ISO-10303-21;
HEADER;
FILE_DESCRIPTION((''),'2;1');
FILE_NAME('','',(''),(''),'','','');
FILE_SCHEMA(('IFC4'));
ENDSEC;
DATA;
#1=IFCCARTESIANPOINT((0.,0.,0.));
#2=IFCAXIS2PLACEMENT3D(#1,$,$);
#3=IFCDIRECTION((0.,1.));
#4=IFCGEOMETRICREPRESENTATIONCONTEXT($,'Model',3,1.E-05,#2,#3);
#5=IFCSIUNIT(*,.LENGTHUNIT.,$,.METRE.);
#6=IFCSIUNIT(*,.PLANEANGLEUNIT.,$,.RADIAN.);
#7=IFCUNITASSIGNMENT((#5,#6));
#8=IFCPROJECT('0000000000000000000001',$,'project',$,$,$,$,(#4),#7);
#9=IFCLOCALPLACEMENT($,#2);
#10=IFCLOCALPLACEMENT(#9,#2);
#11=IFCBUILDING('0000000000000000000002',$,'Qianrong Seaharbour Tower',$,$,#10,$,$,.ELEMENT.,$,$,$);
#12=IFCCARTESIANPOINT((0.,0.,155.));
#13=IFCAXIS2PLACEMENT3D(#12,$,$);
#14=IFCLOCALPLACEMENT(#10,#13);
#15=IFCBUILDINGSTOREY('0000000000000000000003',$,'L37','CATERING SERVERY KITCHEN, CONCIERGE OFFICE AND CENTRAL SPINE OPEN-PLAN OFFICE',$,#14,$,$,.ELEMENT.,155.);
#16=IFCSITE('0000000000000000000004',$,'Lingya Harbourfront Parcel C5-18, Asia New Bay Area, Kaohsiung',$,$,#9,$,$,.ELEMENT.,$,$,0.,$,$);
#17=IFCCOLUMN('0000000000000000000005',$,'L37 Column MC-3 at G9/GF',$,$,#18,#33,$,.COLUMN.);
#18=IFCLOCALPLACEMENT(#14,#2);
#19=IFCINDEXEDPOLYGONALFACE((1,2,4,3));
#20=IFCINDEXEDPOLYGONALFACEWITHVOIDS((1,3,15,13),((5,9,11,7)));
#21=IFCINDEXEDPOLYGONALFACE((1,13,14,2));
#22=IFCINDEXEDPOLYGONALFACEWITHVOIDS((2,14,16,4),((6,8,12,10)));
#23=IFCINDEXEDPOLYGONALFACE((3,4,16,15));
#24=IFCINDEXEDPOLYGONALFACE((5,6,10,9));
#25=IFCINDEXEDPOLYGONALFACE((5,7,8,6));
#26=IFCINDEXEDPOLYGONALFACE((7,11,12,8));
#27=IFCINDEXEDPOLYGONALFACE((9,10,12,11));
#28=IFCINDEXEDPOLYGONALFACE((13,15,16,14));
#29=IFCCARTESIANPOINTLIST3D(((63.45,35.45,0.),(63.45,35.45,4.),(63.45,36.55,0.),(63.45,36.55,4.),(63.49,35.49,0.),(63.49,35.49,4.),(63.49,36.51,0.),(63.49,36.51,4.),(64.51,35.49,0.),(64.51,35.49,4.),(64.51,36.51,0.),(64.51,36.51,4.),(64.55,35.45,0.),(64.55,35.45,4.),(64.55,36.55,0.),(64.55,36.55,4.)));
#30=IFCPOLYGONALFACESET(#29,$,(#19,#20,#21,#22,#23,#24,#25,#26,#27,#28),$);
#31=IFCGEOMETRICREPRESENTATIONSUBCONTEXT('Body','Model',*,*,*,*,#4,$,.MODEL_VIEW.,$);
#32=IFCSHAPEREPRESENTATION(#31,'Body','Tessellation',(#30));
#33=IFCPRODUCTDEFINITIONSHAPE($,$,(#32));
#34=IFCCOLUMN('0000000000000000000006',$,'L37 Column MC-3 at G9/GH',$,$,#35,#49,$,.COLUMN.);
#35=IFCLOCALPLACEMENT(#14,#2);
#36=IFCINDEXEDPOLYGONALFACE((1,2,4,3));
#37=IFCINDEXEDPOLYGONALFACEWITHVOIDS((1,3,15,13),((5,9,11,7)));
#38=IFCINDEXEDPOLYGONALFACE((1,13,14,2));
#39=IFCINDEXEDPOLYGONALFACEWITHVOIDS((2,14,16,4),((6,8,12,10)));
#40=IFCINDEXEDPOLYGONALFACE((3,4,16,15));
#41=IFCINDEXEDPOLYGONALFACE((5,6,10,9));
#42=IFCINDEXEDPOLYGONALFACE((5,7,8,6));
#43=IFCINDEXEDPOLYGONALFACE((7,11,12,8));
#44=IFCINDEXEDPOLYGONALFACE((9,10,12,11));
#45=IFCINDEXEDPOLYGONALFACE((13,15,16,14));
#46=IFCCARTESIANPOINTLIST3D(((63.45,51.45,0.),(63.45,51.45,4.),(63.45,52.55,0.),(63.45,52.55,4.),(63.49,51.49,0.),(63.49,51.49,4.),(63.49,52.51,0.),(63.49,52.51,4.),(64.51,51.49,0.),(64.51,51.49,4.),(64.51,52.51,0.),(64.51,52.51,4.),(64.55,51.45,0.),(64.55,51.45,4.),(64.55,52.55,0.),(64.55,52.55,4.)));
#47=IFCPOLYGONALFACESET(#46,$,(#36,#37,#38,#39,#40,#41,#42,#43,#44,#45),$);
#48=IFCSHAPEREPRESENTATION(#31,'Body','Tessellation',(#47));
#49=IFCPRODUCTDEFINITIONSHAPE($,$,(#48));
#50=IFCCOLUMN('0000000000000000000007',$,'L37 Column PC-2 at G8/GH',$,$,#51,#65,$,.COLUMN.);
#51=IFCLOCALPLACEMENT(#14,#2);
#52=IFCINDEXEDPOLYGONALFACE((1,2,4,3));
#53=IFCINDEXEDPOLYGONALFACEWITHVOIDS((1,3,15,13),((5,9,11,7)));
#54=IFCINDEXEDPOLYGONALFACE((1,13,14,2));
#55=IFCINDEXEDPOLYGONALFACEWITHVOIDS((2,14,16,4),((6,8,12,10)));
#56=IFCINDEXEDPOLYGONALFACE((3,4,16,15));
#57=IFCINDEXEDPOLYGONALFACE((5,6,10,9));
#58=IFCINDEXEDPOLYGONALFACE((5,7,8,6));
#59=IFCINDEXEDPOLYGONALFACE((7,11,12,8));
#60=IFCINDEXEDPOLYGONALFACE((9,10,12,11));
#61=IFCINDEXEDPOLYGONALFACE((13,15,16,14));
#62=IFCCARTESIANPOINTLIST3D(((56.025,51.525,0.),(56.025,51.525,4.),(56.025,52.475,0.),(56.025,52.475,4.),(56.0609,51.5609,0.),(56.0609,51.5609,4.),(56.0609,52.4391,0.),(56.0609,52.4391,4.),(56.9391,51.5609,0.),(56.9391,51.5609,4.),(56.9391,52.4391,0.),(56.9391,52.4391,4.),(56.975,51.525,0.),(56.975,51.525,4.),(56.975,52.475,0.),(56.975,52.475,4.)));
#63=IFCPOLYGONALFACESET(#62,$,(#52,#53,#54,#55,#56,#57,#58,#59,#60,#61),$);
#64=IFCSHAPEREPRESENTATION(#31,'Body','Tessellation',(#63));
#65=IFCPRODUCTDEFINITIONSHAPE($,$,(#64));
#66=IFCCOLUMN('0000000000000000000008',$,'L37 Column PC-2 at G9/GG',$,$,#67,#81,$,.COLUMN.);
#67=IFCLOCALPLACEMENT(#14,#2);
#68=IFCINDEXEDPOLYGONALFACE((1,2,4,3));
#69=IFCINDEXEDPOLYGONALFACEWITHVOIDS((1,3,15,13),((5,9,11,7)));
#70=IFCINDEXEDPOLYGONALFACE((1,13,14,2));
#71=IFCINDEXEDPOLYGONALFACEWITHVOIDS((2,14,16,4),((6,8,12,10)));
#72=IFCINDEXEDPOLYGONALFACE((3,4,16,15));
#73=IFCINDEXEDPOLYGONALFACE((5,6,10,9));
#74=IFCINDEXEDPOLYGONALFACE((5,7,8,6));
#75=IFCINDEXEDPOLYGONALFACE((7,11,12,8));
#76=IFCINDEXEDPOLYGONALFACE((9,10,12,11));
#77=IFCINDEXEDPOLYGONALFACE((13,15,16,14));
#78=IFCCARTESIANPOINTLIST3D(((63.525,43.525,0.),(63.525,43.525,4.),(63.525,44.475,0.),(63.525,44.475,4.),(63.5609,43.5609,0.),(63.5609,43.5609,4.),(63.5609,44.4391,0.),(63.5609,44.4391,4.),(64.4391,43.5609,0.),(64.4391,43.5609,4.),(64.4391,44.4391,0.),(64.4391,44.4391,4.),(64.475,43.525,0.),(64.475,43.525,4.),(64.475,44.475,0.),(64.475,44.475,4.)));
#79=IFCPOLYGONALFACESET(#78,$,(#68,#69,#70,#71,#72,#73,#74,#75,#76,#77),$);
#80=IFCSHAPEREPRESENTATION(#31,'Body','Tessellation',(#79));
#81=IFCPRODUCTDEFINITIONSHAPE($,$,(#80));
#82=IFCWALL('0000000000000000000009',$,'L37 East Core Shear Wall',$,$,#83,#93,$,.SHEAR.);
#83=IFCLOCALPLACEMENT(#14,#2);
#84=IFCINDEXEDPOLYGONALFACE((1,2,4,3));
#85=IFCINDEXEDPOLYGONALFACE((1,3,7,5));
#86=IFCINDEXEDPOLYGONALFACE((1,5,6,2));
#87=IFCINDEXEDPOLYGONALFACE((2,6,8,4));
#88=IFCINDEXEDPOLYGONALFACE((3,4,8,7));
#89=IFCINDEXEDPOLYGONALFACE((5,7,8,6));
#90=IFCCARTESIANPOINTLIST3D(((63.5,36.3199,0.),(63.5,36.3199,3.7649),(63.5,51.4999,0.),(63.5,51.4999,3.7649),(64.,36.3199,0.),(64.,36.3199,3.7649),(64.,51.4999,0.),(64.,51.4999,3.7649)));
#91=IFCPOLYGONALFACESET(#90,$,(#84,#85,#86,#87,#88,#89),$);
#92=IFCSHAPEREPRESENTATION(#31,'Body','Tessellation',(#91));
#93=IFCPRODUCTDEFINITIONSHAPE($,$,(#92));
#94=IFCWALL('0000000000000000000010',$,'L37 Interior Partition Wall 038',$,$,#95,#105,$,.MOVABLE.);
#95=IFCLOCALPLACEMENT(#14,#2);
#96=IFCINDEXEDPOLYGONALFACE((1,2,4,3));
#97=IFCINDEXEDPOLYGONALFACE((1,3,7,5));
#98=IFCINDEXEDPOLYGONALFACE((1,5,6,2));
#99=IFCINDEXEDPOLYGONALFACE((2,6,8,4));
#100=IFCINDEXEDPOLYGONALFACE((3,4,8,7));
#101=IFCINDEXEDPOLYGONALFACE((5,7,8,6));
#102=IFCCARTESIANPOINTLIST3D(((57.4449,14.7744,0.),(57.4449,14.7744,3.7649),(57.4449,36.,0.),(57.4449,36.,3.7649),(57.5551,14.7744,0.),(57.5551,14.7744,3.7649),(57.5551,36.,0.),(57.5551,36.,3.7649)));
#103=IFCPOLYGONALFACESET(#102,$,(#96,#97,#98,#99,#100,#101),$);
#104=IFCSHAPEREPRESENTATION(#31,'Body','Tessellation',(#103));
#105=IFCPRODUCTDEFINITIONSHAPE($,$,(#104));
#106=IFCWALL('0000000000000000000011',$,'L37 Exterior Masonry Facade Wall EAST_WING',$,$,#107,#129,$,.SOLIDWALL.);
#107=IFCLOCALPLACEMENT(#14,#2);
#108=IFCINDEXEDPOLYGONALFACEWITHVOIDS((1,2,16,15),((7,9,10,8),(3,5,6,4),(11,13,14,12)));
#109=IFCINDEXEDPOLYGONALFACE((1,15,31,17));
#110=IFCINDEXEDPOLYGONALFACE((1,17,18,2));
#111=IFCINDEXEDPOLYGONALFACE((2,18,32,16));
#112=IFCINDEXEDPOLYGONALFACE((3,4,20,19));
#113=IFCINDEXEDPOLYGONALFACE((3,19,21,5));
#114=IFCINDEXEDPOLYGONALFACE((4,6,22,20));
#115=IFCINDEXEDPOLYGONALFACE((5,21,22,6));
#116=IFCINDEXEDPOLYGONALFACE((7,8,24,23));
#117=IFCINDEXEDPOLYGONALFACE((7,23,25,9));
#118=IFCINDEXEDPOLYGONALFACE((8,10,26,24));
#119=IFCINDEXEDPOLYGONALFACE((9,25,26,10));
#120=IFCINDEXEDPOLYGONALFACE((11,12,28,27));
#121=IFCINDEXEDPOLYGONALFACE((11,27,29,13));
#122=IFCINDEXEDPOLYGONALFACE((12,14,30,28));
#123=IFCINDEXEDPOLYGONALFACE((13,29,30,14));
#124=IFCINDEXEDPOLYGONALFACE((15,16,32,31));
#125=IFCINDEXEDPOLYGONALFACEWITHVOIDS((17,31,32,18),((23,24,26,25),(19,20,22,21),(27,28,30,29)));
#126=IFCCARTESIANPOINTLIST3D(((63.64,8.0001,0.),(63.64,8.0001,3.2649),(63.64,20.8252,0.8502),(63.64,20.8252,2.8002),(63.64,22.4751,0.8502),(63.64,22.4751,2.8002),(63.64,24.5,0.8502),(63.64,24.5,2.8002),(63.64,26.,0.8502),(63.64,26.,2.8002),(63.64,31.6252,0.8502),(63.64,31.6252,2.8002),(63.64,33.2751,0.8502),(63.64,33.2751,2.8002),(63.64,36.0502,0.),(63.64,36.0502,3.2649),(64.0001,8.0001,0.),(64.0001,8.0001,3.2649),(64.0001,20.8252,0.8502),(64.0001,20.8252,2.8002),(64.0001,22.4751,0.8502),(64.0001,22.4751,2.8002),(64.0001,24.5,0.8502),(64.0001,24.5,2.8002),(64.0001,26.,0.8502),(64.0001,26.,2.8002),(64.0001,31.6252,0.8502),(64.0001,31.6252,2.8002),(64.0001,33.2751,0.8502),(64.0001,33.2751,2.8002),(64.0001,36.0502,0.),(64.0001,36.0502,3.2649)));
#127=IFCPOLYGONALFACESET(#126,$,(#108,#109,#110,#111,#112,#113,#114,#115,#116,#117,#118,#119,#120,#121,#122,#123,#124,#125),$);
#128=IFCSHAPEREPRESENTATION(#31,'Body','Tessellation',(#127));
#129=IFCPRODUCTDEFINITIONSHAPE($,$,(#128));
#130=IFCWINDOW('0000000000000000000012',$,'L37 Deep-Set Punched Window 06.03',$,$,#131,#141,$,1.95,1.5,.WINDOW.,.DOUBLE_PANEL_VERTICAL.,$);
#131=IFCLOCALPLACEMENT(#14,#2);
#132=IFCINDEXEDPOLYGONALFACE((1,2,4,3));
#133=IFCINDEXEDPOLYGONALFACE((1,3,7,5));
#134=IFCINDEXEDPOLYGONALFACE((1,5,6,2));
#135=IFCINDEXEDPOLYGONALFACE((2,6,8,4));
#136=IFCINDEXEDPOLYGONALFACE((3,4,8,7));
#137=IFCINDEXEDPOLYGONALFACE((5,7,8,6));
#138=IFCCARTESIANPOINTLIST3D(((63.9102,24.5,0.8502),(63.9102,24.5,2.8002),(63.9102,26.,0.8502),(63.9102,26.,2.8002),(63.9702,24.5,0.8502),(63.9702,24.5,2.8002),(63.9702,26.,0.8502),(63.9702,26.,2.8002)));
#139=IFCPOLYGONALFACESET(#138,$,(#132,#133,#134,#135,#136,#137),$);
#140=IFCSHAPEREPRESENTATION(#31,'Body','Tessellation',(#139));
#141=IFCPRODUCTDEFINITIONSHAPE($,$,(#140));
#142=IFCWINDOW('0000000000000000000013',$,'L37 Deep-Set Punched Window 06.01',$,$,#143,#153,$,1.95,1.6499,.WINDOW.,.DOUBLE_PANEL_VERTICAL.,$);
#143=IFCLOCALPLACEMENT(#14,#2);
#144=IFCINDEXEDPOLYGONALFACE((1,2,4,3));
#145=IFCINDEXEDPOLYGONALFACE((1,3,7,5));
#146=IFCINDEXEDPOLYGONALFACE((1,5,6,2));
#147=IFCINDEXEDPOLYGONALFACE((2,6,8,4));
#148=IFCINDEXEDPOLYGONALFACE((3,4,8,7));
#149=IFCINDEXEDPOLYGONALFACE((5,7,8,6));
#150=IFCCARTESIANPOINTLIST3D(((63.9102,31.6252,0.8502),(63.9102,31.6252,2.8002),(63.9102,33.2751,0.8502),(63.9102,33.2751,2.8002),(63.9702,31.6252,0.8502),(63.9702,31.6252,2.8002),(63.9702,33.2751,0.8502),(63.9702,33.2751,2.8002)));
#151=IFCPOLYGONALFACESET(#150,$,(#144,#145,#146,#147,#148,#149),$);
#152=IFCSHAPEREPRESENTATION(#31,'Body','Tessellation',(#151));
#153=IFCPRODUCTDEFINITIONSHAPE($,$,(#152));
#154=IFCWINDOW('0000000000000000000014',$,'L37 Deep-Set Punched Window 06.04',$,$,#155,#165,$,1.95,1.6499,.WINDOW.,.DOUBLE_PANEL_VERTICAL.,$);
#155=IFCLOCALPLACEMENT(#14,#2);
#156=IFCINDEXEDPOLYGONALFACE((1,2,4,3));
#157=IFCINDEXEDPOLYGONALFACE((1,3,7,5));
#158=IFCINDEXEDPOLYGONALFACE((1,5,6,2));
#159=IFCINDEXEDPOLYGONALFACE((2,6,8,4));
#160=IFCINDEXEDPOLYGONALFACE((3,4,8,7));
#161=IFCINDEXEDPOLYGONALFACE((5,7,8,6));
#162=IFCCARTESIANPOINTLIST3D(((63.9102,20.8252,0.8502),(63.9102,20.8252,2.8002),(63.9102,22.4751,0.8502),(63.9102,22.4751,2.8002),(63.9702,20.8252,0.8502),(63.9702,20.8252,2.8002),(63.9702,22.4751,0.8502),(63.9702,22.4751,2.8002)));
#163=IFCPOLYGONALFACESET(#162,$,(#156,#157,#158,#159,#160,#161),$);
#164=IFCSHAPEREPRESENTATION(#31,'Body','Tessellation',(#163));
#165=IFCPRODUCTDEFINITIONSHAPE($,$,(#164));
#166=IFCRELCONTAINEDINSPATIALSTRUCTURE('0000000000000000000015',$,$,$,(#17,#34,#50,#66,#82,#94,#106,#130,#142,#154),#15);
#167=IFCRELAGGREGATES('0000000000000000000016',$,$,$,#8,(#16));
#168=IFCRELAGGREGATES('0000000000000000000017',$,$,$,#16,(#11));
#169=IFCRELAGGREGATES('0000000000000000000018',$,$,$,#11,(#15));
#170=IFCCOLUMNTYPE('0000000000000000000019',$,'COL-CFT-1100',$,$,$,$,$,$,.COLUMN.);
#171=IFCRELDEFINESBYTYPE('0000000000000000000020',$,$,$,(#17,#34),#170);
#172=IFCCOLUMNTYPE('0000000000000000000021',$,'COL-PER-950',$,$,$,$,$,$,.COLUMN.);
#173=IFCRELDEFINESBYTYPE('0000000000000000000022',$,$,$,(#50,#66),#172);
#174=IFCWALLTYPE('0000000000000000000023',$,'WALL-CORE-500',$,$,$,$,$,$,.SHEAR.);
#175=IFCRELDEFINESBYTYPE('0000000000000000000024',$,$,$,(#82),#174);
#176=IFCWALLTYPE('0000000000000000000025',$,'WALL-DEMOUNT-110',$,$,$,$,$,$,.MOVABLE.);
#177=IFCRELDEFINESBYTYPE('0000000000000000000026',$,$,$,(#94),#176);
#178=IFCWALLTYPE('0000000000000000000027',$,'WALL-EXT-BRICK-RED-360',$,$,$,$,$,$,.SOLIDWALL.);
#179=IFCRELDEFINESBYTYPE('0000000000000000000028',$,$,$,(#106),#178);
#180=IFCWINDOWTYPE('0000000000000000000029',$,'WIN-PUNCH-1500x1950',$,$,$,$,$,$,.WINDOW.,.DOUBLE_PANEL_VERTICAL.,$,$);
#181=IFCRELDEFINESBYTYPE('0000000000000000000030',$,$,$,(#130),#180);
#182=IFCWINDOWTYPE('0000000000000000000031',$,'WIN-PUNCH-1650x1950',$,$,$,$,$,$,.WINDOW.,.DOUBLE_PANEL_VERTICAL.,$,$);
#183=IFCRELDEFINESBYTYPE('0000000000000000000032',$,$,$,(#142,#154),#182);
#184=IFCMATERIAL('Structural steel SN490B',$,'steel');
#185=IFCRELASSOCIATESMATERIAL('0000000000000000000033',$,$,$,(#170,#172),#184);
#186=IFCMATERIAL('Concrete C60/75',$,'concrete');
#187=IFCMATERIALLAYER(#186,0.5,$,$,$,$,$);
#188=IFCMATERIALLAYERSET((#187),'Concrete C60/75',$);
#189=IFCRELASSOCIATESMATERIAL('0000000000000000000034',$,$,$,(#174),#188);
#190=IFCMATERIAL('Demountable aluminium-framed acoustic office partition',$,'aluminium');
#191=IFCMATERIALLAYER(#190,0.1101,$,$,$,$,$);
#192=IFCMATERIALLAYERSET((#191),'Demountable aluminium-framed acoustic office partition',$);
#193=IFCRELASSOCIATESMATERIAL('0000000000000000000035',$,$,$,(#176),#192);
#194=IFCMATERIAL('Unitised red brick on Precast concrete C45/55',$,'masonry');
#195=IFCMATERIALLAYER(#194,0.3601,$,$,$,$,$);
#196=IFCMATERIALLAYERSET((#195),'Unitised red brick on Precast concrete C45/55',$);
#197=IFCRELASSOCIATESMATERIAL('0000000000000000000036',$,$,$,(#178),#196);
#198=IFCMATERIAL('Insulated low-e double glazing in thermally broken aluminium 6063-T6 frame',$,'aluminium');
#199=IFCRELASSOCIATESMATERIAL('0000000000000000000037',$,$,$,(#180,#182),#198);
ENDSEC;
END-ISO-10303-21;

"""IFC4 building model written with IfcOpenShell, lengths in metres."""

from ifc_helpers import new_model, si_unit, direction, frame, frame_2d, origin, origin_2d, place, context, subcontext, project, spatial, rectangle, hollow_rectangle, extrude, material, layer, layer_set, material_profile, profile_set, type_object, element, fill, save


model = new_model("IFC4")

# Units and contexts
model_context = context("Model", 3, precision=1e-05, world=origin(), true_north=direction((0.0, 1.0)))
body_context = subcontext(model_context, "Body", "Model", "MODEL_VIEW")
ifc_project = project(units=[si_unit("LENGTHUNIT", "METRE"), si_unit("PLANEANGLEUNIT", "RADIAN")], contexts=[model_context])

# Site, building, storey
site_placement = place(None, origin())
site = spatial("IfcSite", under=ifc_project, at=site_placement, Name="Lingya Harbourfront Parcel C5-18, Asia New Bay Area, Kaohsiung", CompositionType="ELEMENT", RefElevation=0.0)
building_placement = place(site_placement, origin())
building = spatial("IfcBuilding", under=site, at=building_placement, Name="Qianrong Seaharbour Tower", CompositionType="ELEMENT")
storey_placement = place(building_placement, frame((0.0, 0.0, 155.0)))
storey = spatial("IfcBuildingStorey", under=building, at=storey_placement, Name="L37", Description="CATERING SERVERY KITCHEN, CONCIERGE OFFICE AND CENTRAL SPINE OPEN-PLAN OFFICE", CompositionType="ELEMENT", Elevation=155.0)

# Columns
ifc_material_1 = material(Name="Structural steel SN490B", Category="steel")
ifc_material_profile_1 = material_profile(ifc_material_1, hollow_rectangle(XDim=1.1001, YDim=1.1001, WallThickness=0.04, at=origin_2d()), Name="BOX1100x1100x40")
ifc_profile_set_1 = profile_set([ifc_material_profile_1], Name="Structural steel SN490B")
column_type_1 = type_object("IfcColumnType", Name="COL-CFT-1100", PredefinedType="COLUMN", material=ifc_profile_set_1)
for number, where, z_axis, x_axis, name in (
    (1, (64.0, 36.0, 0.0), (0.0, 0.0, 1.0), (1.0, 0.0, 0.0), "L37 Column MC-3 at G9/GF"),
    (2, (64.0, 52.0, 0.0), (0.0, 0.0, 1.0), (1.0, 0.0, 0.0), "L37 Column MC-3 at G9/GH"),
):
    element("IfcColumn", number, at=place(storey_placement, frame(where, z_axis=z_axis, x_axis=x_axis)), inside=storey, type_object=column_type_1, Name=name, PredefinedType="COLUMN", context=body_context, shape_type="SweptSolid", body=[
        extrude(hollow_rectangle(XDim=1.1001, YDim=1.1001, WallThickness=0.04, at=origin_2d()), origin(), (0.0, 0.0, 1.0), 4.0),
    ])
ifc_material_profile_2 = material_profile(ifc_material_1, hollow_rectangle(XDim=0.95, YDim=0.95, WallThickness=0.0359, at=origin_2d()), Name="BOX950x950x36")
ifc_profile_set_2 = profile_set([ifc_material_profile_2], Name="Structural steel SN490B")
column_type_2 = type_object("IfcColumnType", Name="COL-PER-950", PredefinedType="COLUMN", material=ifc_profile_set_2)
for number, where, z_axis, x_axis, name in (
    (3, (56.5, 52.0, 0.0), (0.0, 0.0, 1.0), (1.0, 0.0, 0.0), "L37 Column PC-2 at G8/GH"),
    (4, (64.0, 44.0, 0.0), (0.0, 0.0, 1.0), (1.0, 0.0, 0.0), "L37 Column PC-2 at G9/GG"),
):
    element("IfcColumn", number, at=place(storey_placement, frame(where, z_axis=z_axis, x_axis=x_axis)), inside=storey, type_object=column_type_2, Name=name, PredefinedType="COLUMN", context=body_context, shape_type="SweptSolid", body=[
        extrude(hollow_rectangle(XDim=0.95, YDim=0.95, WallThickness=0.0359, at=origin_2d()), origin(), (0.0, 0.0, 1.0), 4.0),
    ])

# Walls
ifc_material_2 = material(Name="Concrete C60/75", Category="concrete")
ifc_layer_1 = layer(ifc_material_2, 0.5)
ifc_layer_set_1 = layer_set([ifc_layer_1], Name="Concrete C60/75")
wall_type_1 = type_object("IfcWallType", Name="WALL-CORE-500", PredefinedType="SHEAR", material=ifc_layer_set_1)
wall_1_placement = place(storey_placement, frame((63.75, 36.3201, 0.0), z_axis=(0.0, 0.0, 1.0), x_axis=(0.0, 1.0, 0.0)))
element("IfcWall", 5, at=wall_1_placement, inside=storey, type_object=wall_type_1, Name="L37 East Core Shear Wall", PredefinedType="SHEAR", context=body_context, shape_type="SweptSolid", body=[
    extrude(rectangle(XDim=15.1799, YDim=0.5, at=frame_2d((7.5898, 0.0))), origin(), (0.0, 0.0, 1.0), 3.7649),
])
ifc_material_3 = material(Name="Demountable aluminium-framed acoustic office partition", Category="aluminium")
ifc_layer_2 = layer(ifc_material_3, 0.1101)
ifc_layer_set_2 = layer_set([ifc_layer_2], Name="Demountable aluminium-framed acoustic office partition")
wall_type_2 = type_object("IfcWallType", Name="WALL-DEMOUNT-110", PredefinedType="MOVABLE", material=ifc_layer_set_2)
wall_2_placement = place(storey_placement, frame((57.5, 36.0, 0.0), z_axis=(0.0, 0.0, 1.0), x_axis=(0.0, -1.0, 0.0)))
element("IfcWall", 6, at=wall_2_placement, inside=storey, type_object=wall_type_2, Name="L37 Interior Partition Wall 038", PredefinedType="MOVABLE", context=body_context, shape_type="SweptSolid", body=[
    extrude(rectangle(XDim=21.2256, YDim=0.1101, at=frame_2d((10.6128, 0.0))), origin(), (0.0, 0.0, 1.0), 3.7649),
])

# Wall, openings, windows
ifc_material_4 = material(Name="Unitised red brick on Precast concrete C45/55", Category="masonry")
ifc_layer_3 = layer(ifc_material_4, 0.3601)
ifc_layer_set_3 = layer_set([ifc_layer_3], Name="Unitised red brick on Precast concrete C45/55")
wall_type_3 = type_object("IfcWallType", Name="WALL-EXT-BRICK-RED-360", PredefinedType="SOLIDWALL", material=ifc_layer_set_3)
wall_3_placement = place(storey_placement, frame((63.8201, 36.05, 0.0), z_axis=(0.0, 0.0, 1.0), x_axis=(0.0, -1.0, 0.0)))
wall_3 = element("IfcWall", 7, at=wall_3_placement, inside=storey, type_object=wall_type_3, Name="L37 Exterior Masonry Facade Wall EAST_WING", PredefinedType="SOLIDWALL", context=body_context, shape_type="SweptSolid", body=[
    extrude(rectangle(XDim=28.05, YDim=0.3601, at=frame_2d((14.0249, 0.0))), origin(), (0.0, 0.0, 1.0), 3.2649),
])
opening_1_placement = place(wall_3_placement, frame((2.7749, 0.0, 0.8501)))
opening_1 = element("IfcOpeningElement", 8, at=opening_1_placement, cuts=wall_3, PredefinedType="OPENING", context=body_context, shape_type="SweptSolid", body=[
    extrude(rectangle(XDim=1.6499, YDim=1.95, at=frame_2d((0.825, 0.9751))), frame((0.0, 0.1899, 0.0), z_axis=(0.0, -1.0, 0.0), x_axis=(1.0, 0.0, 0.0)), (0.0, 0.0, 1.0), 0.3801),
])
opening_2_placement = place(wall_3_placement, frame((10.05, 0.0, 0.8501)))
opening_2 = element("IfcOpeningElement", 9, at=opening_2_placement, cuts=wall_3, PredefinedType="OPENING", context=body_context, shape_type="SweptSolid", body=[
    extrude(rectangle(XDim=1.5, YDim=1.95, at=frame_2d((0.75, 0.9751))), frame((0.0, 0.1899, 0.0), z_axis=(0.0, -1.0, 0.0), x_axis=(1.0, 0.0, 0.0)), (0.0, 0.0, 1.0), 0.3801),
])
opening_3_placement = place(wall_3_placement, frame((13.575, 0.0, 0.8501)))
opening_3 = element("IfcOpeningElement", 10, at=opening_3_placement, cuts=wall_3, PredefinedType="OPENING", context=body_context, shape_type="SweptSolid", body=[
    extrude(rectangle(XDim=1.6499, YDim=1.95, at=frame_2d((0.825, 0.9751))), frame((0.0, 0.1899, 0.0), z_axis=(0.0, -1.0, 0.0), x_axis=(1.0, 0.0, 0.0)), (0.0, 0.0, 1.0), 0.3801),
])
ifc_material_5 = material(Name="Insulated low-e double glazing in thermally broken aluminium 6063-T6 frame", Category="aluminium")
window_type_1 = type_object("IfcWindowType", Name="WIN-PUNCH-1500x1950", PartitioningType="DOUBLE_PANEL_VERTICAL", PredefinedType="WINDOW", material=ifc_material_5)
window_1_placement = place(opening_2_placement, origin())
window_1 = element("IfcWindow", 11, at=window_1_placement, inside=storey, type_object=window_type_1, Name="L37 Deep-Set Punched Window 06.03", OverallHeight=1.95, OverallWidth=1.5, PartitioningType="DOUBLE_PANEL_VERTICAL", PredefinedType="WINDOW", context=body_context, shape_type="SweptSolid", body=[
    extrude(rectangle(XDim=1.5, YDim=1.95, at=frame_2d((0.75, 0.9751))), frame((0.0, 0.1501, 0.0), z_axis=(0.0, -1.0, 0.0), x_axis=(1.0, 0.0, 0.0)), (0.0, 0.0, 1.0), 0.0601),
])
fill(opening_2, window_1)
window_type_2 = type_object("IfcWindowType", Name="WIN-PUNCH-1650x1950", PartitioningType="DOUBLE_PANEL_VERTICAL", PredefinedType="WINDOW", material=ifc_material_5)
window_2_placement = place(opening_1_placement, origin())
window_2 = element("IfcWindow", 12, at=window_2_placement, inside=storey, type_object=window_type_2, Name="L37 Deep-Set Punched Window 06.01", OverallHeight=1.95, OverallWidth=1.6499, PartitioningType="DOUBLE_PANEL_VERTICAL", PredefinedType="WINDOW", context=body_context, shape_type="SweptSolid", body=[
    extrude(rectangle(XDim=1.6499, YDim=1.95, at=frame_2d((0.825, 0.9751))), frame((0.0, 0.1501, 0.0), z_axis=(0.0, -1.0, 0.0), x_axis=(1.0, 0.0, 0.0)), (0.0, 0.0, 1.0), 0.0601),
])
fill(opening_1, window_2)
window_3_placement = place(opening_3_placement, origin())
window_3 = element("IfcWindow", 13, at=window_3_placement, inside=storey, type_object=window_type_2, Name="L37 Deep-Set Punched Window 06.04", OverallHeight=1.95, OverallWidth=1.6499, PartitioningType="DOUBLE_PANEL_VERTICAL", PredefinedType="WINDOW", context=body_context, shape_type="SweptSolid", body=[
    extrude(rectangle(XDim=1.6499, YDim=1.95, at=frame_2d((0.825, 0.9751))), frame((0.0, 0.1501, 0.0), z_axis=(0.0, -1.0, 0.0), x_axis=(1.0, 0.0, 0.0)), (0.0, 0.0, 1.0), 0.0601),
])
fill(opening_3, window_3)

save(model, "model.ifc")
